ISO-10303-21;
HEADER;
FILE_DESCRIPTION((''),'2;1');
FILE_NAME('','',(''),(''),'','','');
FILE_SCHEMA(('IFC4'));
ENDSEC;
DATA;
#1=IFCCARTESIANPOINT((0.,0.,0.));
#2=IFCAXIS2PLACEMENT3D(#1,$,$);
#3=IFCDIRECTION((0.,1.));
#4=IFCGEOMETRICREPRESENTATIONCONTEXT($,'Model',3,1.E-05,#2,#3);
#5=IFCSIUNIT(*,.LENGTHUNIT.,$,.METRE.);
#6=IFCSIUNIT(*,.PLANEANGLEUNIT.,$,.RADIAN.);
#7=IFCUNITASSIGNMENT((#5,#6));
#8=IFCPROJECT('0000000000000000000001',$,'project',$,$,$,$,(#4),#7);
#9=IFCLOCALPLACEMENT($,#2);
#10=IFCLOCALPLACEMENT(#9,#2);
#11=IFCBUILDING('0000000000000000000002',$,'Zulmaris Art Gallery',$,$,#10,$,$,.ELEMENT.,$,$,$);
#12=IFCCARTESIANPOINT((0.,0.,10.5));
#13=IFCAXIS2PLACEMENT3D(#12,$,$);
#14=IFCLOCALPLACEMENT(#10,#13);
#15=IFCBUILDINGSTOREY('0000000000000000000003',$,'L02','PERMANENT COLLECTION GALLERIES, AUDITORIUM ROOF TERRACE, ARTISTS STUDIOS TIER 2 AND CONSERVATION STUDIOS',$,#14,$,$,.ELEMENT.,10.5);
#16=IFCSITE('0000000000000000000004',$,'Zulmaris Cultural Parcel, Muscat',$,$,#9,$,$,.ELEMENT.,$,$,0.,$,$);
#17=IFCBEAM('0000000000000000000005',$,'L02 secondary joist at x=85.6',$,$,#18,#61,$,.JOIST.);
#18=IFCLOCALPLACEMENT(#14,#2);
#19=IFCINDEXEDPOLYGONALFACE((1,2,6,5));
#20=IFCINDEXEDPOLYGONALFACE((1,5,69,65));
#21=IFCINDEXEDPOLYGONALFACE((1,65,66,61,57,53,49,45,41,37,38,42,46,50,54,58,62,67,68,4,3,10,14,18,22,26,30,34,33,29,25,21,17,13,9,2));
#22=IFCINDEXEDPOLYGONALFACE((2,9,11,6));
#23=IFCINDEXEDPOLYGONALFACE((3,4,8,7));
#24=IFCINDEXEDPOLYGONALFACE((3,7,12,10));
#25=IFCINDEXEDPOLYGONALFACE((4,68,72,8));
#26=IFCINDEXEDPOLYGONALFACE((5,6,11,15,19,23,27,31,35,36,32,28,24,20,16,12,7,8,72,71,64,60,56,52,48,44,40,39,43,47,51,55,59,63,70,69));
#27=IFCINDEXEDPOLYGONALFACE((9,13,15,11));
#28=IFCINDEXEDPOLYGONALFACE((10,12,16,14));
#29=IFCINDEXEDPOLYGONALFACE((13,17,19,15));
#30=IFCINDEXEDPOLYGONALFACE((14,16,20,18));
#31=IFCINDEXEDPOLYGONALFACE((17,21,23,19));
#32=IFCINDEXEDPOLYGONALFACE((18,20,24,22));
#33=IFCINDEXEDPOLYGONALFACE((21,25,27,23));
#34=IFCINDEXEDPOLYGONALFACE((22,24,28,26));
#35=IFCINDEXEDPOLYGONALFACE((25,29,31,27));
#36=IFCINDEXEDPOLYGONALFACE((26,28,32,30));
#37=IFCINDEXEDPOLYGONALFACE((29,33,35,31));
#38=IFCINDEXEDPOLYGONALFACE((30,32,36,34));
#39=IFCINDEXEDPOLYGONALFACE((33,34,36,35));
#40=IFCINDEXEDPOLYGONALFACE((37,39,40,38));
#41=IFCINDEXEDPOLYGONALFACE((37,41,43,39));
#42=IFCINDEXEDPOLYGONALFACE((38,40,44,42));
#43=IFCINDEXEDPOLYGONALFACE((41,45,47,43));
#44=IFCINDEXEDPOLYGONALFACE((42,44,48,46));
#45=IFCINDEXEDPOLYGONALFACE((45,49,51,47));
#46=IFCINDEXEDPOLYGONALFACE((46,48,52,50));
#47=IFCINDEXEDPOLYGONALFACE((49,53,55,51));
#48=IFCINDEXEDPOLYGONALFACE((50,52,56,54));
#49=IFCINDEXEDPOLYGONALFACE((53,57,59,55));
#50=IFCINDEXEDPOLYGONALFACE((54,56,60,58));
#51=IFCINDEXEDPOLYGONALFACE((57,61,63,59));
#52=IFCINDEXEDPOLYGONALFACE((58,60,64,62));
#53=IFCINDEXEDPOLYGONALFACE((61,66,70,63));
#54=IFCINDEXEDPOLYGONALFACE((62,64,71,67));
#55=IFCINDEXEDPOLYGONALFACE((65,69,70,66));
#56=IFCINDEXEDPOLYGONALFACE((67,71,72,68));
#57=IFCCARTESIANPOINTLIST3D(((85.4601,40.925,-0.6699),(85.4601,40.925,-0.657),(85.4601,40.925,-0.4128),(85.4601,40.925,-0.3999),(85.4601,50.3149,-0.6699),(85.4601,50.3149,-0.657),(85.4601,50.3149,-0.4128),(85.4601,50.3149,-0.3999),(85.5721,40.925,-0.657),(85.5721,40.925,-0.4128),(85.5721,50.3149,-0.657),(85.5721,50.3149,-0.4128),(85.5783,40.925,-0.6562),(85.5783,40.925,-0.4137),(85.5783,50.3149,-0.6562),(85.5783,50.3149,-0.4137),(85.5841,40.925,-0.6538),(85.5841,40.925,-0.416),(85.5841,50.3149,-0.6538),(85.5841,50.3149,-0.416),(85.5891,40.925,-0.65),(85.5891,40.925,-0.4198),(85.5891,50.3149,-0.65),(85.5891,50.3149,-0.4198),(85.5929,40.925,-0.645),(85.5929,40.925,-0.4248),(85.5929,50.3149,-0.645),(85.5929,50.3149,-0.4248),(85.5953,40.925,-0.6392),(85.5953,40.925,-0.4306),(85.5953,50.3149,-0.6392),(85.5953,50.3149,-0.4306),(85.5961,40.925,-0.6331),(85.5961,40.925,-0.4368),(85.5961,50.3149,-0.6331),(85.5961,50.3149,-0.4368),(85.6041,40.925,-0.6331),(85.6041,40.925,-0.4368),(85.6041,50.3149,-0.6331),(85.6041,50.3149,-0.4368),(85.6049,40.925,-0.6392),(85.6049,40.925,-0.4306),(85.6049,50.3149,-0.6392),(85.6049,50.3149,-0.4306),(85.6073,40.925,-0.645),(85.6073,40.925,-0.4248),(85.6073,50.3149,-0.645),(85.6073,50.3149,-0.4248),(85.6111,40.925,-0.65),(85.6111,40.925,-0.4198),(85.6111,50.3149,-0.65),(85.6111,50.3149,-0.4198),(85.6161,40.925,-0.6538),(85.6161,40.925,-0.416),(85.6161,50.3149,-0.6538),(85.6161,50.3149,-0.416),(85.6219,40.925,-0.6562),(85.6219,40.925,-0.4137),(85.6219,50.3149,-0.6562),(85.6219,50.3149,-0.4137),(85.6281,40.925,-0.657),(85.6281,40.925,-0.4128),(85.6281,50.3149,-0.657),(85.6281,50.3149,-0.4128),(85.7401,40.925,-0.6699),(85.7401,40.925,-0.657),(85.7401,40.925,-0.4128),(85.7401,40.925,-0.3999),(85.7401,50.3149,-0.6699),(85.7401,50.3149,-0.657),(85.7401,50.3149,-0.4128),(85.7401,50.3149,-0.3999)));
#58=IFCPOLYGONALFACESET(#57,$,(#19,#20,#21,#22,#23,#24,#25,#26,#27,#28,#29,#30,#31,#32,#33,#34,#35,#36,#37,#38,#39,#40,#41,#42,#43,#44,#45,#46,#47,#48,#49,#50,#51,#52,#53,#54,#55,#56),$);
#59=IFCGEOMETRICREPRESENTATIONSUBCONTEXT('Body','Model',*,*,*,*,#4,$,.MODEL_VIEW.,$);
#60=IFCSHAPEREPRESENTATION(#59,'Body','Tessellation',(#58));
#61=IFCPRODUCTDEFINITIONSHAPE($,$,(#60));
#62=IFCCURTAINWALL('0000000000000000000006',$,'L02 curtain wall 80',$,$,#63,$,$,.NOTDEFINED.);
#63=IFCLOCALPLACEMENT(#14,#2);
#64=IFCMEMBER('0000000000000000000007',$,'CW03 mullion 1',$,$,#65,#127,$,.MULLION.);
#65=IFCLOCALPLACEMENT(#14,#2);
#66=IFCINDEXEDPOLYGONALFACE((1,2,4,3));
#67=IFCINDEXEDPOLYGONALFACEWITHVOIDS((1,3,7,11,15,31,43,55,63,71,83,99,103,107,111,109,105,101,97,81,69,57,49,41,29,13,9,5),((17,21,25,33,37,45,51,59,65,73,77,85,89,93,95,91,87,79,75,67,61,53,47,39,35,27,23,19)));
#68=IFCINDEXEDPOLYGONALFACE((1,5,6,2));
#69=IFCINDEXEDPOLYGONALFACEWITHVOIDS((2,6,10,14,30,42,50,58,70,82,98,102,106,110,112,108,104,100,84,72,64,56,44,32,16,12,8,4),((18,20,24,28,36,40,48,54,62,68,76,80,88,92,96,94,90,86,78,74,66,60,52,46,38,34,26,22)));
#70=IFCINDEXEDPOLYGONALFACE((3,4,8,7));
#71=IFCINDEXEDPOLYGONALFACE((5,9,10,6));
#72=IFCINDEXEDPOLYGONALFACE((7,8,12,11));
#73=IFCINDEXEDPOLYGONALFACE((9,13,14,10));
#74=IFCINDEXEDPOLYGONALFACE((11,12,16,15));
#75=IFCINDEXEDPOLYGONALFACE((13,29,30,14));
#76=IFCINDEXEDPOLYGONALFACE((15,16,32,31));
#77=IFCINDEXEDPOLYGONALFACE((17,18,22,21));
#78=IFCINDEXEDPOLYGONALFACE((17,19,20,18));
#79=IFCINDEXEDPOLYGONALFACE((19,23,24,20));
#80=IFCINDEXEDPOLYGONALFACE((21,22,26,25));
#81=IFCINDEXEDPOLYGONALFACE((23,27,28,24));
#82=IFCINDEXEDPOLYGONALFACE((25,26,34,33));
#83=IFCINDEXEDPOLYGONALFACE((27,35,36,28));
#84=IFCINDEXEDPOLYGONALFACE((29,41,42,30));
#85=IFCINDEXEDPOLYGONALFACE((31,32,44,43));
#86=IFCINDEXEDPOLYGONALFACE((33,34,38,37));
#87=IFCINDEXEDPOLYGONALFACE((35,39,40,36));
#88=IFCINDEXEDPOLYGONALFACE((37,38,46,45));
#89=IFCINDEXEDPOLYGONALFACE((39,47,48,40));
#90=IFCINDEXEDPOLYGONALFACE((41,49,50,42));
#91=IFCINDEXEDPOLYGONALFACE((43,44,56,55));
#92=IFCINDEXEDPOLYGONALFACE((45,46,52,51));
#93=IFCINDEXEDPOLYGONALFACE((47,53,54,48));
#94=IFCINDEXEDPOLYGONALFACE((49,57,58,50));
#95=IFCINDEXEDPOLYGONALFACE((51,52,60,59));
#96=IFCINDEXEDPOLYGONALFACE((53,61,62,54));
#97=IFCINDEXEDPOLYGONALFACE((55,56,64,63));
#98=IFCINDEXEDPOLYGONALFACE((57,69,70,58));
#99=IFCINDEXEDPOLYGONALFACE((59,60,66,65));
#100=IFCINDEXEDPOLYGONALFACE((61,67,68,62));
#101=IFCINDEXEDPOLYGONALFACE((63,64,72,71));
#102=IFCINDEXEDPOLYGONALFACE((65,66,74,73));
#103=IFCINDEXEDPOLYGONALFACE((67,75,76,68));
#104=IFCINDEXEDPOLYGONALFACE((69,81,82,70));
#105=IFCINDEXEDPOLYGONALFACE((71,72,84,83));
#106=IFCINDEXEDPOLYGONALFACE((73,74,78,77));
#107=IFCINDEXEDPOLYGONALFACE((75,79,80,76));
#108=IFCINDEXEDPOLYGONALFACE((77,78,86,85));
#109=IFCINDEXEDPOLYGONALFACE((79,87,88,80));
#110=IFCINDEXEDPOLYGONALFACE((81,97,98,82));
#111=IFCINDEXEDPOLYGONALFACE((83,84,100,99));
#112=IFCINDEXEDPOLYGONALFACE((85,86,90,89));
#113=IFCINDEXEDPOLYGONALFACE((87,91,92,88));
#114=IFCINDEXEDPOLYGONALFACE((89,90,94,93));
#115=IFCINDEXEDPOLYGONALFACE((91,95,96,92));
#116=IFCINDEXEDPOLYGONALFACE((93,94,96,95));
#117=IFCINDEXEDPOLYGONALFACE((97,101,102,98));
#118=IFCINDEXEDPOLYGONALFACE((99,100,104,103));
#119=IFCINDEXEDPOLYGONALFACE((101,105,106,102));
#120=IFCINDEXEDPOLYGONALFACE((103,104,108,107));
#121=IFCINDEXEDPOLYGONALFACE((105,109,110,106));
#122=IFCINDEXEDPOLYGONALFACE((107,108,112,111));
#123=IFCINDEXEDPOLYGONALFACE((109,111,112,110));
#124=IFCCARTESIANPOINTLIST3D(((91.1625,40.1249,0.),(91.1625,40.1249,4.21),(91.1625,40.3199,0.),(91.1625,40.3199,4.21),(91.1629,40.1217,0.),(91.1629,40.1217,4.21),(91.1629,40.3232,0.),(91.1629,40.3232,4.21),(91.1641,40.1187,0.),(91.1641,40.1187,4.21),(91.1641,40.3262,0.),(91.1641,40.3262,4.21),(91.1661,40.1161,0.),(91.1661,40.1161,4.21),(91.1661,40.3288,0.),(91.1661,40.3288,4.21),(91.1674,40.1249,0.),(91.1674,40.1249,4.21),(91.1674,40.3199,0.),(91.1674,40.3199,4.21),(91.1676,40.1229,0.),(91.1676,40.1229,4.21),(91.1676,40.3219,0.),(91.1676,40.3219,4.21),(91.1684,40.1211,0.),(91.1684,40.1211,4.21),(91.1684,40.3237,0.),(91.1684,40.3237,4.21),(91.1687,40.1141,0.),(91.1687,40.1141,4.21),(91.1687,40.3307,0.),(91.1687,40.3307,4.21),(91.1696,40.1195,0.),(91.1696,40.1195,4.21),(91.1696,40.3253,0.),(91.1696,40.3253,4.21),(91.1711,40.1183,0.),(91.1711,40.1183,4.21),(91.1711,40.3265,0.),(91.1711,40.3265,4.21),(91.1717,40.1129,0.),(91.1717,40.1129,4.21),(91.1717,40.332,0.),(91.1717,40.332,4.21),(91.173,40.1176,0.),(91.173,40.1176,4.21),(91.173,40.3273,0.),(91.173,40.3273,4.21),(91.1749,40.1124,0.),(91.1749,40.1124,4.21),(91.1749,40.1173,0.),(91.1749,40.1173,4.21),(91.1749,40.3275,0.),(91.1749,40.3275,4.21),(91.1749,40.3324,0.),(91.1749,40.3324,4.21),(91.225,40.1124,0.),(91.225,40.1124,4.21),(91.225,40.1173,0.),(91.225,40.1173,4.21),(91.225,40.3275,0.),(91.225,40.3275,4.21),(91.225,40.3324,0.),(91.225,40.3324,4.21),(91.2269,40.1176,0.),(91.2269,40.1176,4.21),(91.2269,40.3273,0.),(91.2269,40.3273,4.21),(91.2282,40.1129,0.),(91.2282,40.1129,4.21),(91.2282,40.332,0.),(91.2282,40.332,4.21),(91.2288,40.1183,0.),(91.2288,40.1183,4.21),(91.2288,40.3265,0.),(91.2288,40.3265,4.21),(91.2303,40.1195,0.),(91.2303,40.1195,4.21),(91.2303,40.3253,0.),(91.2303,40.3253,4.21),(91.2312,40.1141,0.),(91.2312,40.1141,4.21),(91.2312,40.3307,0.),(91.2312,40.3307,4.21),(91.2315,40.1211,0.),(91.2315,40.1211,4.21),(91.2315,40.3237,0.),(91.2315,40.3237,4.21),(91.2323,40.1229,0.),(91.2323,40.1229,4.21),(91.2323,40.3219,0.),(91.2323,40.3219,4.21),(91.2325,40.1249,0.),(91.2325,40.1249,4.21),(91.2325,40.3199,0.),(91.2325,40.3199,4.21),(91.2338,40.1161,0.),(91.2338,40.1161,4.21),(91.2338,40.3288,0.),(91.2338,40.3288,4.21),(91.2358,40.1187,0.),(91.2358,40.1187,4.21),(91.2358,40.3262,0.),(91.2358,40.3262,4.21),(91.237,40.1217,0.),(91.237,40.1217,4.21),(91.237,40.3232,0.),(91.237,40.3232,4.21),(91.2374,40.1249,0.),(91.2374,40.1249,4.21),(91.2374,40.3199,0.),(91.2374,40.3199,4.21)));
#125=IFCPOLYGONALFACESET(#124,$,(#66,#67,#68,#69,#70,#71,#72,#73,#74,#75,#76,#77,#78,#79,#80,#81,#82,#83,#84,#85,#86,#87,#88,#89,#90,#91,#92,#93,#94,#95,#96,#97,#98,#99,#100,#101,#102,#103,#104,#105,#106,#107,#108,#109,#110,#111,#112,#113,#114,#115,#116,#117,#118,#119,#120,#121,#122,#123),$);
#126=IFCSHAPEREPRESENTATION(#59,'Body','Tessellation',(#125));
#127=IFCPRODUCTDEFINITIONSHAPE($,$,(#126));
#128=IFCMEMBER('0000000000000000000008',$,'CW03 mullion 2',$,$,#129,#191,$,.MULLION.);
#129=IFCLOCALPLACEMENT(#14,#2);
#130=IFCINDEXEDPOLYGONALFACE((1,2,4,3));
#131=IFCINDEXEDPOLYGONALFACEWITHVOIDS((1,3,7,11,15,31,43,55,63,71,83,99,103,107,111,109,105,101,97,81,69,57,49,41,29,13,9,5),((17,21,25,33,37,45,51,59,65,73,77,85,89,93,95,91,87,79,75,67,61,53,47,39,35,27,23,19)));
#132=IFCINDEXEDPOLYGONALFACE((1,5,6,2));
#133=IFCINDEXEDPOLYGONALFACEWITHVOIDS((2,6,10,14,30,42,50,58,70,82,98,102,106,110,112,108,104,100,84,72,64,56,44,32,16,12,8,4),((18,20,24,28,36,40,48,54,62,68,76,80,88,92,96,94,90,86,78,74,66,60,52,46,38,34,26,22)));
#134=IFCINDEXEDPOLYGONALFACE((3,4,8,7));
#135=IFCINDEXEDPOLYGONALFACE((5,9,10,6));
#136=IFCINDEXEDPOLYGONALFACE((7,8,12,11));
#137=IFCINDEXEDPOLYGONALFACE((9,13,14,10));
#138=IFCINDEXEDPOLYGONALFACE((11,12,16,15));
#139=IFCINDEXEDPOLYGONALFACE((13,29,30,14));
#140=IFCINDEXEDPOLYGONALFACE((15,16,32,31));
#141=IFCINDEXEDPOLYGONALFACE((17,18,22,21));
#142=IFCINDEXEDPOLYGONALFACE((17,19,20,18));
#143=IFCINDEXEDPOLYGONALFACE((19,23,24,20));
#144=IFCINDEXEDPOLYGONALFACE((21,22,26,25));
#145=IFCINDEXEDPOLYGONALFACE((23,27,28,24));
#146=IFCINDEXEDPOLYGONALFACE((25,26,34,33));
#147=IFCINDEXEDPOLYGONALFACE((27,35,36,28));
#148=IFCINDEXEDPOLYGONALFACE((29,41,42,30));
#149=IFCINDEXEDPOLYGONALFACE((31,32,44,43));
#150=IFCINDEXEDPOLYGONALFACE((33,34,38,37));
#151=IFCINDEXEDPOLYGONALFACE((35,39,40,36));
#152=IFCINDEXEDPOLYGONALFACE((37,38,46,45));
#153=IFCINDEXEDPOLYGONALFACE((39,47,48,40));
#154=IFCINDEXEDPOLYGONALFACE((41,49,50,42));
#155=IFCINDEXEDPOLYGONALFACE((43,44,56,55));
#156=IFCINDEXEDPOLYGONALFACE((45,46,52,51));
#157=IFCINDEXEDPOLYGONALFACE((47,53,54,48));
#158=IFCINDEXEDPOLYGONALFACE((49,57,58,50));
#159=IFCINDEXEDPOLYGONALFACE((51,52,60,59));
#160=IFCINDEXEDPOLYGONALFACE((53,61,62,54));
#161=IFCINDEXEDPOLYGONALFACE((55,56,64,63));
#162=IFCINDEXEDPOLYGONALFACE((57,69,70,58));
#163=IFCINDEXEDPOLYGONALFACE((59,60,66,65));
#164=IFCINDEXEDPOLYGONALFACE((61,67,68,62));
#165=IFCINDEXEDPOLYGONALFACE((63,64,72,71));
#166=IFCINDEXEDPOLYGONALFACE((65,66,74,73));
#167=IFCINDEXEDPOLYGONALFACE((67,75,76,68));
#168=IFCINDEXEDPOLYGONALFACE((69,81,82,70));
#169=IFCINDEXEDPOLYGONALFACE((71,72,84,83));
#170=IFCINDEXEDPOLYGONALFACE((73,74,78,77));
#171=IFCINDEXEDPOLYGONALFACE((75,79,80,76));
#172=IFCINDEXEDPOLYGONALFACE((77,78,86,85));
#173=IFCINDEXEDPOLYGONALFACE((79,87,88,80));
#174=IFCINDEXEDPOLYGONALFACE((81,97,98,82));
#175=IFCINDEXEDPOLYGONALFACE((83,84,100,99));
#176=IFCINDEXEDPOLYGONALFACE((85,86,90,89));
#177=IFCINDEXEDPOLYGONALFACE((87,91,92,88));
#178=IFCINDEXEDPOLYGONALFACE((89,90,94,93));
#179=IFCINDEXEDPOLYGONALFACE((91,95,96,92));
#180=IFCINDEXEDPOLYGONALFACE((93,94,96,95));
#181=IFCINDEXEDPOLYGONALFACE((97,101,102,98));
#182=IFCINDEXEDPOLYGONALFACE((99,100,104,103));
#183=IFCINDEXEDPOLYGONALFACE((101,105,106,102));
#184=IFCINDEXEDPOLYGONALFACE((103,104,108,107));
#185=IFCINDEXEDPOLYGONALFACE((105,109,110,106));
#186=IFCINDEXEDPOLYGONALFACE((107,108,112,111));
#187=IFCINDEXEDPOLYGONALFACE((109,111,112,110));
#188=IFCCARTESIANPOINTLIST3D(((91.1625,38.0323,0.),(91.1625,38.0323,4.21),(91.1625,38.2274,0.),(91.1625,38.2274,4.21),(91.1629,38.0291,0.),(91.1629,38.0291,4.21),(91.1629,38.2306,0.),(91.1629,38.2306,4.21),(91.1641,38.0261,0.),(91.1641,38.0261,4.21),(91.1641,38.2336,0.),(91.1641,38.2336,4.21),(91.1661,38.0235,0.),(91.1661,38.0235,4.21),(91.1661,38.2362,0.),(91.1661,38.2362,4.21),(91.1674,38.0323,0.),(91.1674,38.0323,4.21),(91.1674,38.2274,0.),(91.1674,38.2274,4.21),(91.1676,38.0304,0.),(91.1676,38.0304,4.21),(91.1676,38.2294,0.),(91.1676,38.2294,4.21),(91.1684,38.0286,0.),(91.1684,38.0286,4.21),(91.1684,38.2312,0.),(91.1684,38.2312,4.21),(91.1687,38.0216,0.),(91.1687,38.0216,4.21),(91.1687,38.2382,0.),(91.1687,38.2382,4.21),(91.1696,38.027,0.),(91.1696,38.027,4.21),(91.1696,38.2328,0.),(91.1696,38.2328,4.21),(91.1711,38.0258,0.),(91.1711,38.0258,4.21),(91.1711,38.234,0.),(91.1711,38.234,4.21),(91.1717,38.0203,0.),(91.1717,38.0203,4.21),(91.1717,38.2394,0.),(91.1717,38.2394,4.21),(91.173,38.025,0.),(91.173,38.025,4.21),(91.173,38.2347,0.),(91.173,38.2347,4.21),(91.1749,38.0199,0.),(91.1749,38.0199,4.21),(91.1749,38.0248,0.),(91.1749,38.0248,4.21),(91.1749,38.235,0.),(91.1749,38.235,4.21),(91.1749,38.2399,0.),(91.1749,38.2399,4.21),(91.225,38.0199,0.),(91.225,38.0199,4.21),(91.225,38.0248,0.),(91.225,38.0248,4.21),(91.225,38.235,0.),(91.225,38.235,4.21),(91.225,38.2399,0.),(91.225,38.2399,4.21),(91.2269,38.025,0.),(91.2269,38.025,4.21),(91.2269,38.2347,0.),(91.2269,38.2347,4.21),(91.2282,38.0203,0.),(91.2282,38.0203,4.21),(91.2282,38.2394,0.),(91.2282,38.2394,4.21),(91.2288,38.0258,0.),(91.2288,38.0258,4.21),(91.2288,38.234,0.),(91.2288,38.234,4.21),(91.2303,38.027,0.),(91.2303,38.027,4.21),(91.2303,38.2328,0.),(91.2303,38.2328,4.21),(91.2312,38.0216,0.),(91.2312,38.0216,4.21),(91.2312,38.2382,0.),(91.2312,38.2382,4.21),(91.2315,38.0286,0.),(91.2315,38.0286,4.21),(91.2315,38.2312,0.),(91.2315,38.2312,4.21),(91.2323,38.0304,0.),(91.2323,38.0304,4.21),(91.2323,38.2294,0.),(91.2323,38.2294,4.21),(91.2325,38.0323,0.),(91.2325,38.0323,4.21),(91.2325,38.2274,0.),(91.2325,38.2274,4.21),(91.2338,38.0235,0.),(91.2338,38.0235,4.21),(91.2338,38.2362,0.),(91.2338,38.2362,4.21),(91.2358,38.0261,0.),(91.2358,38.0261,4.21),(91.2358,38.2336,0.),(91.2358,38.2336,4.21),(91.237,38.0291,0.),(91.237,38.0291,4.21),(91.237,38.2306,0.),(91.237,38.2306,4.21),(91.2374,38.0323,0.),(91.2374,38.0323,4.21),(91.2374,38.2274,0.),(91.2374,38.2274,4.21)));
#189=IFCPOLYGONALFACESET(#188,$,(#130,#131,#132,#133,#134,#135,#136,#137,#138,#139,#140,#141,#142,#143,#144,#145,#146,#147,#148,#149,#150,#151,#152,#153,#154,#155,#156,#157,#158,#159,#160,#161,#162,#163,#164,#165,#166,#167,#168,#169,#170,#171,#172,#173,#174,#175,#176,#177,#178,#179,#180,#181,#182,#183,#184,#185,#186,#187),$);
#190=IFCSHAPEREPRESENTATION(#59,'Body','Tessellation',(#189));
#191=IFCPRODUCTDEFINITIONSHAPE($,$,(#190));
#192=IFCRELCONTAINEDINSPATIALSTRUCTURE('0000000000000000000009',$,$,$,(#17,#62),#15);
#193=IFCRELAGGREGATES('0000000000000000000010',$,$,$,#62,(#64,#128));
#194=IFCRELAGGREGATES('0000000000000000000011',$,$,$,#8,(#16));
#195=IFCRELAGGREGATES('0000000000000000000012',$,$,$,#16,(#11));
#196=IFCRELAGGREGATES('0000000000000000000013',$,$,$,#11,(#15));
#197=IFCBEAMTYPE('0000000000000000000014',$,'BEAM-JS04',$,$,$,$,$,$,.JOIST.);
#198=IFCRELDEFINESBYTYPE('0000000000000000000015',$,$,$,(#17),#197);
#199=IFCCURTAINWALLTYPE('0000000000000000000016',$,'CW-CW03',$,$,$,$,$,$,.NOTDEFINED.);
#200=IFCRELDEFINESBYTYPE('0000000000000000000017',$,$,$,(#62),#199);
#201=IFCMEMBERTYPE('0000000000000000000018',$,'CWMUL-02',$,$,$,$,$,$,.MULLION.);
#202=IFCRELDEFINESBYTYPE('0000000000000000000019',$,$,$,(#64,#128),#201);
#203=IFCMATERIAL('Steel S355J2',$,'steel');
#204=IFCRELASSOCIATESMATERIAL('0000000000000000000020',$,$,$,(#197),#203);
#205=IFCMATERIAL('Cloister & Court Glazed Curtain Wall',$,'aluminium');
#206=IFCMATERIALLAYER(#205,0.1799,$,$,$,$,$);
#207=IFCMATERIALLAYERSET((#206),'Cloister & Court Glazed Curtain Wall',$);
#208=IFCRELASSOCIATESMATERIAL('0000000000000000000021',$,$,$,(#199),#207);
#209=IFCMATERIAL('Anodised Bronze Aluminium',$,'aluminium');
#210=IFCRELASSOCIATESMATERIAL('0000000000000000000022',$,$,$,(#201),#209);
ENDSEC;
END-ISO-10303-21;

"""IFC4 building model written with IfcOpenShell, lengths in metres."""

from ifc_helpers import new_model, si_unit, direction, frame, origin, origin_2d, place, context, subcontext, project, spatial, hollow_rectangle, i_section, extrude, material, layer, layer_set, material_profile, profile_set, type_object, element, aggregate, save


model = new_model("IFC4")

# Units and contexts
model_context = context("Model", 3, precision=1e-05, world=origin(), true_north=direction((0.0, 1.0)))
body_context = subcontext(model_context, "Body", "Model", "MODEL_VIEW")
ifc_project = project(units=[si_unit("LENGTHUNIT", "METRE"), si_unit("PLANEANGLEUNIT", "RADIAN")], contexts=[model_context])

# Site, building, storey
site_placement = place(None, origin())
site = spatial("IfcSite", under=ifc_project, at=site_placement, Name="Zulmaris Cultural Parcel, Muscat", CompositionType="ELEMENT", RefElevation=0.0)
building_placement = place(site_placement, origin())
building = spatial("IfcBuilding", under=site, at=building_placement, Name="Zulmaris Art Gallery", CompositionType="ELEMENT")
storey_placement = place(building_placement, frame((0.0, 0.0, 10.5)))
storey = spatial("IfcBuildingStorey", under=building, at=storey_placement, Name="L02", Description="PERMANENT COLLECTION GALLERIES, AUDITORIUM ROOF TERRACE, ARTISTS STUDIOS TIER 2 AND CONSERVATION STUDIOS", CompositionType="ELEMENT", Elevation=10.5)

# Beam
ifc_material_1 = material(Name="Steel S355J2", Category="steel")
ifc_material_profile_1 = material_profile(ifc_material_1, i_section(OverallWidth=0.28, OverallDepth=0.27, WebThickness=0.0081, FlangeThickness=0.0129, FilletRadius=0.0239, at=origin_2d()), Name="HEA 280")
ifc_profile_set_1 = profile_set([ifc_material_profile_1], Name="Steel S355J2")
beam_type_1 = type_object("IfcBeamType", Name="BEAM-JS04", PredefinedType="JOIST", material=ifc_profile_set_1)
beam_1_placement = place(storey_placement, frame((85.6001, 40.925, -0.5349), z_axis=(0.0, 1.0, 0.0), x_axis=(-1.0, 0.0, 0.0)))
element("IfcBeam", 1, at=beam_1_placement, inside=storey, type_object=beam_type_1, Name="L02 secondary joist at x=85.6", PredefinedType="JOIST", context=body_context, shape_type="SweptSolid", body=[
    extrude(i_section(OverallWidth=0.28, OverallDepth=0.27, WebThickness=0.0081, FlangeThickness=0.0129, FilletRadius=0.0239, at=origin_2d()), origin(), (0.0, 0.0, 1.0), 9.3899),
])

# Curtain wall, members
ifc_material_2 = material(Name="Cloister & Court Glazed Curtain Wall", Category="aluminium")
ifc_layer_1 = layer(ifc_material_2, 0.1799)
ifc_layer_set_1 = layer_set([ifc_layer_1], Name="Cloister & Court Glazed Curtain Wall")
curtain_wall_type = type_object("IfcCurtainWallType", Name="CW-CW03", PredefinedType="NOTDEFINED", material=ifc_layer_set_1)
curtain_wall_1_placement = place(storey_placement, origin())
curtain_wall_1 = element("IfcCurtainWall", 2, at=curtain_wall_1_placement, inside=storey, type_object=curtain_wall_type, Name="L02 curtain wall 80", PredefinedType="NOTDEFINED")
ifc_material_3 = material(Name="Anodised Bronze Aluminium", Category="aluminium")
ifc_material_profile_2 = material_profile(ifc_material_3, hollow_rectangle(XDim=0.075, YDim=0.22, WallThickness=0.0049, InnerFilletRadius=0.0076, OuterFilletRadius=0.0125, at=origin_2d()), Name="ALU 75x220x5")
ifc_profile_set_2 = profile_set([ifc_material_profile_2], Name="Anodised Bronze Aluminium")
member_type_1 = type_object("IfcMemberType", Name="CWMUL-02", PredefinedType="MULLION", material=ifc_profile_set_2)
member_1_placement = place(storey_placement, frame((91.2, 40.2224, 0.0), z_axis=(0.0, 0.0, 1.0), x_axis=(1.0, 0.0, 0.0)))
member_1 = element("IfcMember", 3, at=member_1_placement, type_object=member_type_1, Name="CW03 mullion 1", PredefinedType="MULLION", context=body_context, shape_type="SweptSolid", body=[
    extrude(hollow_rectangle(XDim=0.075, YDim=0.22, WallThickness=0.0049, InnerFilletRadius=0.0076, OuterFilletRadius=0.0125, at=origin_2d()), origin(), (0.0, 0.0, 1.0), 4.21),
])
member_2_placement = place(storey_placement, frame((91.2, 38.1299, 0.0), z_axis=(0.0, 0.0, 1.0), x_axis=(1.0, 0.0, 0.0)))
member_2 = element("IfcMember", 4, at=member_2_placement, type_object=member_type_1, Name="CW03 mullion 2", PredefinedType="MULLION", context=body_context, shape_type="SweptSolid", body=[
    extrude(hollow_rectangle(XDim=0.075, YDim=0.22, WallThickness=0.0049, InnerFilletRadius=0.0076, OuterFilletRadius=0.0125, at=origin_2d()), origin(), (0.0, 0.0, 1.0), 4.21),
])

aggregate(curtain_wall_1, [member_1, member_2])

save(model, "model.ifc")
